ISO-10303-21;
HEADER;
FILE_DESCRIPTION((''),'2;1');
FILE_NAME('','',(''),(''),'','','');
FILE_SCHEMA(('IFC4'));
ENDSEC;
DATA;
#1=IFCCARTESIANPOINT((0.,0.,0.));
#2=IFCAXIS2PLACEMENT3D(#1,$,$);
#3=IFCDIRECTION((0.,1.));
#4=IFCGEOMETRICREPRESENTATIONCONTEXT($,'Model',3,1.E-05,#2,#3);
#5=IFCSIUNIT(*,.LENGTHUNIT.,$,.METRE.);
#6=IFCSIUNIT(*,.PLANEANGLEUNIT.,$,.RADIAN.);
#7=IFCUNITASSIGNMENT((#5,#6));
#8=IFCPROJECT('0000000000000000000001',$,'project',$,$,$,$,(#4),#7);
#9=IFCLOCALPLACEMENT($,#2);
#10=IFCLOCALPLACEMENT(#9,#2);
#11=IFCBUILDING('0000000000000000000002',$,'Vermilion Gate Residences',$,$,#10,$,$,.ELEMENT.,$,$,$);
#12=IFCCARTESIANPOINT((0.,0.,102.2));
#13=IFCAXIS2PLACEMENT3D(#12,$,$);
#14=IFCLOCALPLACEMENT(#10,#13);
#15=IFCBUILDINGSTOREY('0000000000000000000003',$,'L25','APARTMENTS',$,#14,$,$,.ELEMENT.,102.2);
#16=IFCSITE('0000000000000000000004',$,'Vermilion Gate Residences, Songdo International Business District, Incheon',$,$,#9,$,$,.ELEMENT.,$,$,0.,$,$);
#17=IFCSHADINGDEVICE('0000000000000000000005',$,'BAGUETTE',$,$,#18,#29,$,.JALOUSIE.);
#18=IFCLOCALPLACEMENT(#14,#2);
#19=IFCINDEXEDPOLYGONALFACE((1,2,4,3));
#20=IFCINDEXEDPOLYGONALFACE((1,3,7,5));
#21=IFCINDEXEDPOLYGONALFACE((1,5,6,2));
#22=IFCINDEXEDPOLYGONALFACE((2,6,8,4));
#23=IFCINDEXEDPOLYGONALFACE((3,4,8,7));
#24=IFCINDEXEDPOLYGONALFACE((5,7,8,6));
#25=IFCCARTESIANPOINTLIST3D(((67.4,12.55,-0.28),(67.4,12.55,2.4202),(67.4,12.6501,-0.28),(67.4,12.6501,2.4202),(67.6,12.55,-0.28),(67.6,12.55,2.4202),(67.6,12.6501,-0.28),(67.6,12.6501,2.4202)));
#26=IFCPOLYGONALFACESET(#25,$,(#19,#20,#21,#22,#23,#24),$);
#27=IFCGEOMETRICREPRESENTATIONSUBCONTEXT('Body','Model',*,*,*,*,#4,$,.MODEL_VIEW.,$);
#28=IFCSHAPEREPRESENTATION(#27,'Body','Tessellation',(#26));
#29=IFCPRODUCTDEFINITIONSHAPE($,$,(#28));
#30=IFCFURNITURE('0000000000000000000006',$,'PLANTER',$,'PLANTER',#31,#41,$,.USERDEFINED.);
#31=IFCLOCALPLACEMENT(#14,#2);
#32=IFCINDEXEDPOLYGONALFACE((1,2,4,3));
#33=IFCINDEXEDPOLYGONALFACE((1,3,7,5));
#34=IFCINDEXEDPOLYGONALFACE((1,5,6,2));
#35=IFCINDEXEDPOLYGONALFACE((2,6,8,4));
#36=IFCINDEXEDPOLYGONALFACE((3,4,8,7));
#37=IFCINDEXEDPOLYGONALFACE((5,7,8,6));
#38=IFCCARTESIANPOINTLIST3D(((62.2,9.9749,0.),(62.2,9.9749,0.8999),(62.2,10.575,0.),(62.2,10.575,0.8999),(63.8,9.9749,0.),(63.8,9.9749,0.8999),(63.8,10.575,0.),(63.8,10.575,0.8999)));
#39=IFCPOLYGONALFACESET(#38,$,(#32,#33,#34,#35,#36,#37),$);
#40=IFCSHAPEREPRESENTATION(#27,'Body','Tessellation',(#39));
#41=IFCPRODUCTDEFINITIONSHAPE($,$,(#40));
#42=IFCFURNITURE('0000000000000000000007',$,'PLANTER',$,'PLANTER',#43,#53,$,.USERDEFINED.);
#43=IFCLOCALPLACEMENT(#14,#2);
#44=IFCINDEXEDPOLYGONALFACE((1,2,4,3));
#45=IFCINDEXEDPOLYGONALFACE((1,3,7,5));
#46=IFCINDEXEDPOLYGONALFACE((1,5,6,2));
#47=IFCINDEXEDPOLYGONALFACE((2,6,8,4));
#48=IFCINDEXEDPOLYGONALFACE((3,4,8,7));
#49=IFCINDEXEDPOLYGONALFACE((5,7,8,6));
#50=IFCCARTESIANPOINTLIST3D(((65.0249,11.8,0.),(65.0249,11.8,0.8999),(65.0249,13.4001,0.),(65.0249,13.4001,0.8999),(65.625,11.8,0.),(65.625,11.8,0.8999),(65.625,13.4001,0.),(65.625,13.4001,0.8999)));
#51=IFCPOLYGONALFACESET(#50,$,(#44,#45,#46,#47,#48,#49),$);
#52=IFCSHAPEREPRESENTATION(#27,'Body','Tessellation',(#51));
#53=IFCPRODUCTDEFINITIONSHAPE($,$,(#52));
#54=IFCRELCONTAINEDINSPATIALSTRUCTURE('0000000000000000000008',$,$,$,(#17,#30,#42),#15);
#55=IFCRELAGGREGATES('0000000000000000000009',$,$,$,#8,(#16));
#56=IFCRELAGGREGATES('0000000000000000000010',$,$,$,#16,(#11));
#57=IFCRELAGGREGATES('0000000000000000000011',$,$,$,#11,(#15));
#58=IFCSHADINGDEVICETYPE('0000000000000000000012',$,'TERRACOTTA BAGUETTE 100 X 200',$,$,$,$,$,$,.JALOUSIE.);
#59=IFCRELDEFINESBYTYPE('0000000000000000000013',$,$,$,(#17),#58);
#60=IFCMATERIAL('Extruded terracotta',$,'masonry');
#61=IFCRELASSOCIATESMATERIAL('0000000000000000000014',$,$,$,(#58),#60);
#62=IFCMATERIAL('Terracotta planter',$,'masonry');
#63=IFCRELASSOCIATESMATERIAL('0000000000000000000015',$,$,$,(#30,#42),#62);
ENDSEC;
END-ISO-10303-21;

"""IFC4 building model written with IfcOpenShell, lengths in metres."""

from ifc_helpers import new_model, si_unit, direction, frame, origin, origin_2d, place, context, subcontext, project, spatial, rectangle, extrude, material, material_profile, profile_set, type_object, element, save


model = new_model("IFC4")

# Units and contexts
model_context = context("Model", 3, precision=1e-05, world=origin(), true_north=direction((0.0, 1.0)))
body_context = subcontext(model_context, "Body", "Model", "MODEL_VIEW")
ifc_project = project(units=[si_unit("LENGTHUNIT", "METRE"), si_unit("PLANEANGLEUNIT", "RADIAN")], contexts=[model_context])

# Site, building, storey
site_placement = place(None, origin())
site = spatial("IfcSite", under=ifc_project, at=site_placement, Name="Vermilion Gate Residences, Songdo International Business District, Incheon", CompositionType="ELEMENT", RefElevation=0.0)
building_placement = place(site_placement, origin())
building = spatial("IfcBuilding", under=site, at=building_placement, Name="Vermilion Gate Residences", CompositionType="ELEMENT")
storey_placement = place(building_placement, frame((0.0, 0.0, 102.2)))
storey = spatial("IfcBuildingStorey", under=building, at=storey_placement, Name="L25", Description="APARTMENTS", CompositionType="ELEMENT", Elevation=102.2)

# Shading device
ifc_material_1 = material(Name="Extruded terracotta", Category="masonry")
ifc_material_profile_1 = material_profile(ifc_material_1, rectangle(XDim=0.2, YDim=0.1001, at=origin_2d()), Name="BAGUETTE 100 X 200")
ifc_profile_set_1 = profile_set([ifc_material_profile_1], Name="Extruded terracotta")
shading_device_type = type_object("IfcShadingDeviceType", Name="TERRACOTTA BAGUETTE 100 X 200", PredefinedType="JALOUSIE", material=ifc_profile_set_1)
for number, where, z_axis, x_axis, name in (
    (1, (67.5, 12.6001, -0.28), (0.0, 0.0, 1.0), (-1.0, 0.0, 0.0), "BAGUETTE"),
):
    element("IfcShadingDevice", number, at=place(storey_placement, frame(where, z_axis=z_axis, x_axis=x_axis)), inside=storey, type_object=shading_device_type, Name=name, PredefinedType="JALOUSIE", context=body_context, shape_type="SweptSolid", body=[
        extrude(rectangle(XDim=0.2, YDim=0.1001, at=origin_2d()), origin(), (0.0, 0.0, 1.0), 2.7002),
    ])

# Furniture
ifc_material_2 = material(Name="Terracotta planter", Category="masonry")
for number, where, z_axis, x_axis, name in (
    (2, (63.0, 10.2749, 0.0), (0.0, 0.0, 1.0), (1.0, 0.0, 0.0), "PLANTER"),
    (3, (65.325, 12.6001, 0.0), (0.0, 0.0, 1.0), (0.0, 1.0, 0.0), "PLANTER"),
):
    element("IfcFurniture", number, at=place(storey_placement, frame(where, z_axis=z_axis, x_axis=x_axis)), inside=storey, material=ifc_material_2, Name=name, ObjectType="PLANTER", PredefinedType="USERDEFINED", context=body_context, shape_type="SweptSolid", body=[
        extrude(rectangle(XDim=1.6001, YDim=0.6001, at=origin_2d()), origin(), (0.0, 0.0, 1.0), 0.8999),
    ])

save(model, "model.ifc")
